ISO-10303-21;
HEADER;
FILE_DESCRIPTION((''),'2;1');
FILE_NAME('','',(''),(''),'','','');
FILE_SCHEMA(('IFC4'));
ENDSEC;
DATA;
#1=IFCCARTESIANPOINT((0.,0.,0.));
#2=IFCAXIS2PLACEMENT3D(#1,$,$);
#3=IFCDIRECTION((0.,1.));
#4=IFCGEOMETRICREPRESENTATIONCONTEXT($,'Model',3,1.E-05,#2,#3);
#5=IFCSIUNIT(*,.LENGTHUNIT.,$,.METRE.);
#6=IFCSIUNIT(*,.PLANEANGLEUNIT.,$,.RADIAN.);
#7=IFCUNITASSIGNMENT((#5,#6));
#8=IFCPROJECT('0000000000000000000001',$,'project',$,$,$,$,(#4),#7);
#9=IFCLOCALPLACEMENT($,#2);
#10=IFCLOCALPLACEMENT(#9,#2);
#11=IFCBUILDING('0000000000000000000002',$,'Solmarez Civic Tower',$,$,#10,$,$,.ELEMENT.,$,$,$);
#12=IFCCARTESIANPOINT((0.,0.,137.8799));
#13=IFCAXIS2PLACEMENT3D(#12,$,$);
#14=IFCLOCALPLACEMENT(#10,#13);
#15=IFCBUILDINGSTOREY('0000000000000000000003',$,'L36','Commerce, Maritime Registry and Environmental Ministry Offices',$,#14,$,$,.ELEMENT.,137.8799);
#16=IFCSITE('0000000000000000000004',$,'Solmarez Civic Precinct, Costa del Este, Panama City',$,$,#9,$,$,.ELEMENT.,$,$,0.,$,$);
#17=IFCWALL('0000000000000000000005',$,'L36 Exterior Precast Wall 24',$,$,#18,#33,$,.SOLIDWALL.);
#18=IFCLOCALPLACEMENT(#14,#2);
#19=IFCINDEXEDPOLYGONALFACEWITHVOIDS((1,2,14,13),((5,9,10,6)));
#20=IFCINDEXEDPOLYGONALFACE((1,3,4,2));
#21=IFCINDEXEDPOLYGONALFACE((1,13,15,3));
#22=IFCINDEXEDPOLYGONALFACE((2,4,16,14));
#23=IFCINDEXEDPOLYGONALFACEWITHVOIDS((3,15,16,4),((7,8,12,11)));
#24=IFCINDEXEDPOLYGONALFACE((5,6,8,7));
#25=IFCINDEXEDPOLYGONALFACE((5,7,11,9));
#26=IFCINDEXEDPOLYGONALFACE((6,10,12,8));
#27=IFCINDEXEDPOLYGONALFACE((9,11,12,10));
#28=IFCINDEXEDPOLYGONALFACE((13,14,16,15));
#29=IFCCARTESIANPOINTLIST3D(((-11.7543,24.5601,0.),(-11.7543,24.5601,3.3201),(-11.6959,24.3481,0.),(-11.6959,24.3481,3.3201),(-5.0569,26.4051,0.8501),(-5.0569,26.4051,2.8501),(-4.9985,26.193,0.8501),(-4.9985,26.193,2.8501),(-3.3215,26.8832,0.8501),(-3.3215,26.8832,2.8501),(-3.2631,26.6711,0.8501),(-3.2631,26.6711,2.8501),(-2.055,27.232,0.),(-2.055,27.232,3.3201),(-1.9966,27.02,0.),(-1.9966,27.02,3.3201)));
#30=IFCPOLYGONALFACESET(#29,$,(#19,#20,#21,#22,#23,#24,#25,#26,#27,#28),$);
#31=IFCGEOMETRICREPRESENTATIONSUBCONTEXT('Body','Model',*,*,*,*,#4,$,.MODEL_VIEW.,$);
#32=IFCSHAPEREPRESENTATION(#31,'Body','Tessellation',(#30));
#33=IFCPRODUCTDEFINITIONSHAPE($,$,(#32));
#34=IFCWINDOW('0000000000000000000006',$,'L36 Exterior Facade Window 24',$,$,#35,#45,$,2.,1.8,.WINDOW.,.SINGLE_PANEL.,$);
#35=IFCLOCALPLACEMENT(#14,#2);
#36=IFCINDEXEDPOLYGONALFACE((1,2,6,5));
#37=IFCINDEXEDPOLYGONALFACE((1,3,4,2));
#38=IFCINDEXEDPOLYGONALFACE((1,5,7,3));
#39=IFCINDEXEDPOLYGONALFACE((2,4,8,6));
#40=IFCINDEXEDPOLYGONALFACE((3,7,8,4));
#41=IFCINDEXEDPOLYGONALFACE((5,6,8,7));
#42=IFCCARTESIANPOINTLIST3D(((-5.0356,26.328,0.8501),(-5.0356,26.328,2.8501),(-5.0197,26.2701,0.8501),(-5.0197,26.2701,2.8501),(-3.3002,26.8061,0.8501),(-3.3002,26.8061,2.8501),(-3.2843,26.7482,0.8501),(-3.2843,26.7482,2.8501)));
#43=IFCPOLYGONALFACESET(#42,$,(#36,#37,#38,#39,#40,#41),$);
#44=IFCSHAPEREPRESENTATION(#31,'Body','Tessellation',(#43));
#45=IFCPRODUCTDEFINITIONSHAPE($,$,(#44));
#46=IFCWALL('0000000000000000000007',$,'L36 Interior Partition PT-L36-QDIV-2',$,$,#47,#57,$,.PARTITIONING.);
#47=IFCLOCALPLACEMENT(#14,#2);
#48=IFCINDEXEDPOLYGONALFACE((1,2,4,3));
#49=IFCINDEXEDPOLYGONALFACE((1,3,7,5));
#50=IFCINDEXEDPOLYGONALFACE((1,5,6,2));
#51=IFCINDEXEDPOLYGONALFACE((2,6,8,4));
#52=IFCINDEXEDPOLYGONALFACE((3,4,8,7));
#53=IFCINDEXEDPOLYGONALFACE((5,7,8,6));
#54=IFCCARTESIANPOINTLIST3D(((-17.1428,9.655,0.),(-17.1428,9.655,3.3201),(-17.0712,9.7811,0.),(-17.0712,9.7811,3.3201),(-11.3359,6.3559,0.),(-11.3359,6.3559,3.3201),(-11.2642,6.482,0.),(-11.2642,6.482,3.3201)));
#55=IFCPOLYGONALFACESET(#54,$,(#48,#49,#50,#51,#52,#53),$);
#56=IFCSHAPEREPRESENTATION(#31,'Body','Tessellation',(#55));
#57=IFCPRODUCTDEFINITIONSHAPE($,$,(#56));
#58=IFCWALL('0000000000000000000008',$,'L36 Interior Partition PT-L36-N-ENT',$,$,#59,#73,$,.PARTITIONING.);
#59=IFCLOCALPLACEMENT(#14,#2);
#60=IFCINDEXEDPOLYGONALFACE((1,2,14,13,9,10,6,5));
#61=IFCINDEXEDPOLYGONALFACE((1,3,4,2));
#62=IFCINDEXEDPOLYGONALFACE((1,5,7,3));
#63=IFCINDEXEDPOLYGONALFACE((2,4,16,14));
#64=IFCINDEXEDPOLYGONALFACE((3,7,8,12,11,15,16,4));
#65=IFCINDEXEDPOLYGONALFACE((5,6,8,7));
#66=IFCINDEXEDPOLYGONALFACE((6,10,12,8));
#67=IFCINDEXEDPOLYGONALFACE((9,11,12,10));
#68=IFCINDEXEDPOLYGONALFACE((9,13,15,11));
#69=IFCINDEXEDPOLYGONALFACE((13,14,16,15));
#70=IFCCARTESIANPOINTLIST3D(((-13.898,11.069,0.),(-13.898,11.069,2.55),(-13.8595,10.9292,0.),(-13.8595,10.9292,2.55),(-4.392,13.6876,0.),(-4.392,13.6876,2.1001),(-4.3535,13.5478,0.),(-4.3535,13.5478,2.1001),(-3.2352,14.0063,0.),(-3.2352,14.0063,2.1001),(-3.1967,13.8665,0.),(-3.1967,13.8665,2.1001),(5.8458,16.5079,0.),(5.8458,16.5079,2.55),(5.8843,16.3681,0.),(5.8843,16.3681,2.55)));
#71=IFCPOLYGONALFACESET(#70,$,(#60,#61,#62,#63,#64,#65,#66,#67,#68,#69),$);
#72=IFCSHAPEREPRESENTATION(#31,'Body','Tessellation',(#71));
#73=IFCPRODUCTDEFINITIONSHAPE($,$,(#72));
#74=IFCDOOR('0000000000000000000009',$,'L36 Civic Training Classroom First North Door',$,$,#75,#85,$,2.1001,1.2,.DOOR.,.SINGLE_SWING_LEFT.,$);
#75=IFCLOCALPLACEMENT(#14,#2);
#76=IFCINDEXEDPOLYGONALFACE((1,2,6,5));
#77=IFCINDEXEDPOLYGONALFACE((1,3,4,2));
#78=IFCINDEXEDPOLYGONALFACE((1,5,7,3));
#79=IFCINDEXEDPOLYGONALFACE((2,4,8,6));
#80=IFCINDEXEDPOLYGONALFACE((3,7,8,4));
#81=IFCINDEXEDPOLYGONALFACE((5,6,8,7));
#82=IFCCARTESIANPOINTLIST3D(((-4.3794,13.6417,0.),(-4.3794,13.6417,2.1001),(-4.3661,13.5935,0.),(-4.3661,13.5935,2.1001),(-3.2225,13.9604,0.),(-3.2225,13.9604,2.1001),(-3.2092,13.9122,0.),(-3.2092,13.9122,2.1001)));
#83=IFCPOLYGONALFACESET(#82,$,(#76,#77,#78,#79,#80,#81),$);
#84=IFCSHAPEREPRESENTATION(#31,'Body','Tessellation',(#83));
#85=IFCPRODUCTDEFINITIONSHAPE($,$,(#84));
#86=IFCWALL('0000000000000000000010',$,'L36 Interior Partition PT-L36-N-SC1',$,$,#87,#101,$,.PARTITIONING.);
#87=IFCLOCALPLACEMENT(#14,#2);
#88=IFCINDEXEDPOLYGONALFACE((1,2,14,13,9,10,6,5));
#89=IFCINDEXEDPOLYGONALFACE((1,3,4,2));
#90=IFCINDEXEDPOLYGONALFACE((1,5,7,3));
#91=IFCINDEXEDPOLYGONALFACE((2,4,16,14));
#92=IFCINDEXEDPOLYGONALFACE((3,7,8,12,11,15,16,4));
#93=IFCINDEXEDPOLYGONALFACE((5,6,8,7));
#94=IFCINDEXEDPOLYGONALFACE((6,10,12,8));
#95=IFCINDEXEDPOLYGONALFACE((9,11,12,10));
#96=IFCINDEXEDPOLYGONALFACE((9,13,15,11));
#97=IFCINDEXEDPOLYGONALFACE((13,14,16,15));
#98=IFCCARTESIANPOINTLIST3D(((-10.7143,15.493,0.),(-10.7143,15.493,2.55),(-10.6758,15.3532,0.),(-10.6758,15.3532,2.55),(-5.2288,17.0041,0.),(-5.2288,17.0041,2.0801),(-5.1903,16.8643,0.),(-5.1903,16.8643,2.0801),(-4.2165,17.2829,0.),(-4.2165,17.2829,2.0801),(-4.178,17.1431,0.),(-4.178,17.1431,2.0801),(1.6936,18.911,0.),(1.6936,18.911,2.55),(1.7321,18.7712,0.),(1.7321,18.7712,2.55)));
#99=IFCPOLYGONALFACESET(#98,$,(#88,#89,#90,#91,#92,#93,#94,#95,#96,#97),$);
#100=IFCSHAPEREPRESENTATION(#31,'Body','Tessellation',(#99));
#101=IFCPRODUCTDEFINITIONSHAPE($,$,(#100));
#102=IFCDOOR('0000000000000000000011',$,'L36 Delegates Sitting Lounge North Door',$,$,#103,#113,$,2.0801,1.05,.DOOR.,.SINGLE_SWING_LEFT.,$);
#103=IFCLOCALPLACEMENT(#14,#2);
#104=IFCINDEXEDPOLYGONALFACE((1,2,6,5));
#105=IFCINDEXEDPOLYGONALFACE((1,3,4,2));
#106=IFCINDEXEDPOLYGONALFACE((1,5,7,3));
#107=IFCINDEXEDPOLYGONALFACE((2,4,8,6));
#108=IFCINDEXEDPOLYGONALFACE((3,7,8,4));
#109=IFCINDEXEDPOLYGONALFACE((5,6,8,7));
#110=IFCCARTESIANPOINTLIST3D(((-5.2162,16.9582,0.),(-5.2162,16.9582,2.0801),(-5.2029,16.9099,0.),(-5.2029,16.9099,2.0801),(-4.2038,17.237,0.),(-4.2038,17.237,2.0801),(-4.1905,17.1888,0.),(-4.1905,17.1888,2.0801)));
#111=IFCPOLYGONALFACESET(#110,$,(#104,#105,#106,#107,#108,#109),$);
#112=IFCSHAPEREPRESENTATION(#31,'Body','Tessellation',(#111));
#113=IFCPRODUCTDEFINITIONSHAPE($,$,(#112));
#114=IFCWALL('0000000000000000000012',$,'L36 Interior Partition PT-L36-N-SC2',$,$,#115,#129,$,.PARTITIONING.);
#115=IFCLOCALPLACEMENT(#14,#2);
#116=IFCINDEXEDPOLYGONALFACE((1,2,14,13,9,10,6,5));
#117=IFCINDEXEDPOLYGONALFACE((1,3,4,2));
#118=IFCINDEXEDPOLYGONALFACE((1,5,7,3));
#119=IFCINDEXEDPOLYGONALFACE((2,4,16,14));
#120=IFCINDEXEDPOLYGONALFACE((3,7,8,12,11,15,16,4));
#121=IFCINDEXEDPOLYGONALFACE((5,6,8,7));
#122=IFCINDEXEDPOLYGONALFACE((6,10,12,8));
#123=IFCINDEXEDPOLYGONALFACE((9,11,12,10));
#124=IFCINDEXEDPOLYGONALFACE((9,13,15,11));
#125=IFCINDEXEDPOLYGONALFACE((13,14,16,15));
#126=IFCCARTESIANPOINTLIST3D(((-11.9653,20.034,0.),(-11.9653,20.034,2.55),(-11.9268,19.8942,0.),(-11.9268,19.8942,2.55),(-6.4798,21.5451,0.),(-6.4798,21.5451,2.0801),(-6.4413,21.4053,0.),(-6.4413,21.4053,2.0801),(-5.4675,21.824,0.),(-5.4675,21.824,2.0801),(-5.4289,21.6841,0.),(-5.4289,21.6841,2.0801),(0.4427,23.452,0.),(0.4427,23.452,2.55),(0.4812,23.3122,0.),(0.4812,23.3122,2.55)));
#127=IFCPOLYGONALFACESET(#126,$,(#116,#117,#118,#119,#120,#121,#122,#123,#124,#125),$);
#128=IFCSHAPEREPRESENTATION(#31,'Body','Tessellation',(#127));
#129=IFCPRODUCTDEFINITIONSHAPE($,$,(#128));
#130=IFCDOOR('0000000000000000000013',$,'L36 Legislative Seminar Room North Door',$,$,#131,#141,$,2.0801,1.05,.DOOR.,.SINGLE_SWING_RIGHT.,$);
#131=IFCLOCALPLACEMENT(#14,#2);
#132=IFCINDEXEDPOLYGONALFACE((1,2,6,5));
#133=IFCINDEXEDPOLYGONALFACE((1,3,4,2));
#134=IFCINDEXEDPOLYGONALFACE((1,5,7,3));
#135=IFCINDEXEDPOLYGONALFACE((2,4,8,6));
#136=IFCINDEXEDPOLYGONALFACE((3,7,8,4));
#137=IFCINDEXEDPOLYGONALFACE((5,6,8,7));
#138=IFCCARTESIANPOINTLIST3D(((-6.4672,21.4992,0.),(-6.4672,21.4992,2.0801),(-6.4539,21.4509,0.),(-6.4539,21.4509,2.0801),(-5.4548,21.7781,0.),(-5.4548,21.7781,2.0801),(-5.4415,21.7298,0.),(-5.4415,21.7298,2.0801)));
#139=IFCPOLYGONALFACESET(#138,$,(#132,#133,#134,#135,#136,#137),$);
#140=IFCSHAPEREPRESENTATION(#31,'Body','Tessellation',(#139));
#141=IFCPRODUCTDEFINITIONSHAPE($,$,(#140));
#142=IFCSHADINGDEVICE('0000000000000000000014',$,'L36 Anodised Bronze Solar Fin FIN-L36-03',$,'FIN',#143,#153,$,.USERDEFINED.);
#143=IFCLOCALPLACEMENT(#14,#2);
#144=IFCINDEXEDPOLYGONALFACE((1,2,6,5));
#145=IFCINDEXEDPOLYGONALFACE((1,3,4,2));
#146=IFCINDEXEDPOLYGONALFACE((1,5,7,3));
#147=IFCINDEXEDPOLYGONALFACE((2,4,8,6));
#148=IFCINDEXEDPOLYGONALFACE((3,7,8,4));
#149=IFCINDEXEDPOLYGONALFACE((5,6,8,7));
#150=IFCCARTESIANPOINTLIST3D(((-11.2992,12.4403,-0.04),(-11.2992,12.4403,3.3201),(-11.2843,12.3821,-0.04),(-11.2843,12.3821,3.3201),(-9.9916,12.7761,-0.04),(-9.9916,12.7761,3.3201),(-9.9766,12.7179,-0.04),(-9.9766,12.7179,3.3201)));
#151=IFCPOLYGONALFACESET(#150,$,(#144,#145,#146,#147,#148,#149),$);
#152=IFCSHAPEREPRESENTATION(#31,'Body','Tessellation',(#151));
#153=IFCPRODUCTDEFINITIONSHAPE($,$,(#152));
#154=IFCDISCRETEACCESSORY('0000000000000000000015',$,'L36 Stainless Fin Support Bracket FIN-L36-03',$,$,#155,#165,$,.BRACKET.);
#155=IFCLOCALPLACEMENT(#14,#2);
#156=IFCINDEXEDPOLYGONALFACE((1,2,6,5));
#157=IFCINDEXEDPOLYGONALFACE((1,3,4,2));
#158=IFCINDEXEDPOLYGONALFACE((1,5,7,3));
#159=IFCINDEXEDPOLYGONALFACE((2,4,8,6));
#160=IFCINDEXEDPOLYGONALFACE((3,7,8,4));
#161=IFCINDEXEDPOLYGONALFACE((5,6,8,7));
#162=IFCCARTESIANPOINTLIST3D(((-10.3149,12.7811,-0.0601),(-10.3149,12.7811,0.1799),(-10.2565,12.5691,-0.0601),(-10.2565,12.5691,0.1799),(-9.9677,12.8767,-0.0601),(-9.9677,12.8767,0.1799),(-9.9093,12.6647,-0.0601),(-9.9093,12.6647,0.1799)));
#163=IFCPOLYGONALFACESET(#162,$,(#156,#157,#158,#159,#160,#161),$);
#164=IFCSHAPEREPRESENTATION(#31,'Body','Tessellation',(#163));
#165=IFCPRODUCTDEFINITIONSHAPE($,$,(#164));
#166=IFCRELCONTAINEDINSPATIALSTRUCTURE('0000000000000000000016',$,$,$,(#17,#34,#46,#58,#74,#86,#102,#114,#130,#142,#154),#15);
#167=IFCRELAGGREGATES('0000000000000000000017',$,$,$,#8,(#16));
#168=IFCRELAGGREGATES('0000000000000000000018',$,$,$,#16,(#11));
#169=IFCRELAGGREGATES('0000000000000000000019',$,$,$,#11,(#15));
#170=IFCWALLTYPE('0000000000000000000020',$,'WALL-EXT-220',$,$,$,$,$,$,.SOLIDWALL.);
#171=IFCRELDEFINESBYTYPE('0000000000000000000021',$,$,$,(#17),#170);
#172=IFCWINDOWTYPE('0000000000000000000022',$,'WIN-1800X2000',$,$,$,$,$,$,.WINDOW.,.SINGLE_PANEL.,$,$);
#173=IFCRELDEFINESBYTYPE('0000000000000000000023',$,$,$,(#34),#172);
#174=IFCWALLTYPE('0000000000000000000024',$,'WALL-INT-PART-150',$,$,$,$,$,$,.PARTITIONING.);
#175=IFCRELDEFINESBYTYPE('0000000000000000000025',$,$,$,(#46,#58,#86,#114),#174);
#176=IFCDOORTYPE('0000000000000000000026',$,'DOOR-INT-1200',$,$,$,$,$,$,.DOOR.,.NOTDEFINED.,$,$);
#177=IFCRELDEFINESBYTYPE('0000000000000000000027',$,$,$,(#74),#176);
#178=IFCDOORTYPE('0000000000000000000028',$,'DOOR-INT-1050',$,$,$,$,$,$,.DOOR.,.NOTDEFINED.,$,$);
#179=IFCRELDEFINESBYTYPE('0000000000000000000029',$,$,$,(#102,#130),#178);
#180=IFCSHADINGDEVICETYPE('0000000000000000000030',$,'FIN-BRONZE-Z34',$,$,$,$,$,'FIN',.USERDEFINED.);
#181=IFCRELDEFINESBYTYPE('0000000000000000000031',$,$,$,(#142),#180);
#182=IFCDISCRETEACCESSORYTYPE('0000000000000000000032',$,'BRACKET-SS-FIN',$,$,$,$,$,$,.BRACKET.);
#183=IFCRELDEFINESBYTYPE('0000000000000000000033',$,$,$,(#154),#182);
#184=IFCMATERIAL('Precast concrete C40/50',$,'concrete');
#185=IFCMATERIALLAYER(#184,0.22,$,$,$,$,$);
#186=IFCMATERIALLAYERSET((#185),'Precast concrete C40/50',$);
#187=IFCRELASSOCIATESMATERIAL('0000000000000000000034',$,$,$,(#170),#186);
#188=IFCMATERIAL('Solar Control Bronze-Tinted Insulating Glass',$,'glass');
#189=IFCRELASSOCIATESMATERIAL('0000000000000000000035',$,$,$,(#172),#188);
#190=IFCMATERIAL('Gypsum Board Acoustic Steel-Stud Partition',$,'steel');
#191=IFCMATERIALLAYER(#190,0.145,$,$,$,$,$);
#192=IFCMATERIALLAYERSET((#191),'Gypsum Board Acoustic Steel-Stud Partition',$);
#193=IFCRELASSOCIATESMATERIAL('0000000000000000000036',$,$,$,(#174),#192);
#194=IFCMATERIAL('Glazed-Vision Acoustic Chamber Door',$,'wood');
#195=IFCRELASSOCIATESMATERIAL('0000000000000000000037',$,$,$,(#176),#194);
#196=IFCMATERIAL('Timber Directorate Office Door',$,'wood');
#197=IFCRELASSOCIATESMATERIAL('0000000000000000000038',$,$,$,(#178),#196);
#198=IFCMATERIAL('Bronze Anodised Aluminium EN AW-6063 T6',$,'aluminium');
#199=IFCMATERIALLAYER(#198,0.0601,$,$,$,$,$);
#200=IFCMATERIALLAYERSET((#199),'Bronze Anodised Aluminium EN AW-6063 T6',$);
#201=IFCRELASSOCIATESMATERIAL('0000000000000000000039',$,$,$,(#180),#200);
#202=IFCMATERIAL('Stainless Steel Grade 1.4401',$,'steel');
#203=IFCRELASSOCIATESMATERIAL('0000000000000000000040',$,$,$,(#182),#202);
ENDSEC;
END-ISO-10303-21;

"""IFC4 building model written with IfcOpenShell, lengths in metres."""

from ifc_helpers import new_model, si_unit, direction, frame, frame_2d, origin, origin_2d, place, context, subcontext, project, spatial, rectangle, extrude, material, layer, layer_set, type_object, element, fill, save


model = new_model("IFC4")

# Units and contexts
model_context = context("Model", 3, precision=1e-05, world=origin(), true_north=direction((0.0, 1.0)))
body_context = subcontext(model_context, "Body", "Model", "MODEL_VIEW")
ifc_project = project(units=[si_unit("LENGTHUNIT", "METRE"), si_unit("PLANEANGLEUNIT", "RADIAN")], contexts=[model_context])

# Site, building, storey
site_placement = place(None, origin())
site = spatial("IfcSite", under=ifc_project, at=site_placement, Name="Solmarez Civic Precinct, Costa del Este, Panama City", CompositionType="ELEMENT", RefElevation=0.0)
building_placement = place(site_placement, origin())
building = spatial("IfcBuilding", under=site, at=building_placement, Name="Solmarez Civic Tower", CompositionType="ELEMENT")
storey_placement = place(building_placement, frame((0.0, 0.0, 137.8799)))
storey = spatial("IfcBuildingStorey", under=building, at=storey_placement, Name="L36", Description="Commerce, Maritime Registry and Environmental Ministry Offices", CompositionType="ELEMENT", Elevation=137.8799)

# Shared definitions
ifc_material_1 = material(Name="Precast concrete C40/50", Category="concrete")
ifc_layer_1 = layer(ifc_material_1, 0.22)
ifc_layer_set_1 = layer_set([ifc_layer_1], Name="Precast concrete C40/50")
wall_type_1 = type_object("IfcWallType", Name="WALL-EXT-220", PredefinedType="SOLIDWALL", material=ifc_layer_set_1)

# Shared definitions
ifc_material_2 = material(Name="Solar Control Bronze-Tinted Insulating Glass", Category="glass")

# Wall, opening, window
wall_1_placement = place(storey_placement, frame((-11.7251, 24.4541, 0.0), z_axis=(0.0, 0.0, 1.0), x_axis=(0.964089, 0.265581, 0.0)))
wall_1 = element("IfcWall", 1, at=wall_1_placement, inside=storey, type_object=wall_type_1, Name="L36 Exterior Precast Wall 24", PredefinedType="SOLIDWALL", context=body_context, shape_type="SweptSolid", body=[
    extrude(rectangle(XDim=10.0605, YDim=0.22, at=frame_2d((5.0303, 0.0))), origin(), (0.0, 0.0, 1.0), 3.3201),
])
opening_1_placement = place(wall_1_placement, frame((6.947, 0.0, 0.8501)))
opening_1 = element("IfcOpeningElement", 2, at=opening_1_placement, cuts=wall_1, PredefinedType="OPENING", context=body_context, shape_type="SweptSolid", body=[
    extrude(rectangle(XDim=1.8, YDim=2.0, at=frame_2d((0.8999, 1.0))), frame((0.0, 0.1199, 0.0), z_axis=(0.0, -1.0, 0.0), x_axis=(1.0, 0.0, 0.0)), (0.0, 0.0, 1.0), 0.24),
])
window_type_1 = type_object("IfcWindowType", Name="WIN-1800X2000", PartitioningType="SINGLE_PANEL", PredefinedType="WINDOW", material=ifc_material_2)
window_1_placement = place(opening_1_placement, origin())
window_1 = element("IfcWindow", 3, at=window_1_placement, inside=storey, type_object=window_type_1, Name="L36 Exterior Facade Window 24", OverallHeight=2.0, OverallWidth=1.8, PartitioningType="SINGLE_PANEL", PredefinedType="WINDOW", context=body_context, shape_type="SweptSolid", body=[
    extrude(rectangle(XDim=1.8, YDim=2.0, at=frame_2d((0.8999, 1.0))), frame((0.0, 0.03, 0.0), z_axis=(0.0, -1.0, 0.0), x_axis=(1.0, 0.0, 0.0)), (0.0, 0.0, 1.0), 0.0601),
])
fill(opening_1, window_1)

# Wall
ifc_material_3 = material(Name="Gypsum Board Acoustic Steel-Stud Partition", Category="steel")
ifc_layer_2 = layer(ifc_material_3, 0.145)
ifc_layer_set_2 = layer_set([ifc_layer_2], Name="Gypsum Board Acoustic Steel-Stud Partition")
wall_type_2 = type_object("IfcWallType", Name="WALL-INT-PART-150", PredefinedType="PARTITIONING", material=ifc_layer_set_2)
wall_2_placement = place(storey_placement, frame((-11.3, 6.4189, 0.0), z_axis=(0.0, 0.0, 1.0), x_axis=(-0.869475, 0.493976, 0.0)))
element("IfcWall", 4, at=wall_2_placement, inside=storey, type_object=wall_type_2, Name="L36 Interior Partition PT-L36-QDIV-2", PredefinedType="PARTITIONING", context=body_context, shape_type="SweptSolid", body=[
    extrude(rectangle(XDim=6.6787, YDim=0.145, at=frame_2d((3.3394, 0.0))), origin(), (0.0, 0.0, 1.0), 3.3201),
])

# Walls, openings, doors
wall_3_placement = place(storey_placement, frame((-13.8789, 10.999, 0.0), z_axis=(0.0, 0.0, 1.0), x_axis=(0.964088, 0.265583, 0.0)))
wall_3 = element("IfcWall", 5, at=wall_3_placement, inside=storey, type_object=wall_type_2, Name="L36 Interior Partition PT-L36-N-ENT", PredefinedType="PARTITIONING", context=body_context, shape_type="SweptSolid", body=[
    extrude(rectangle(XDim=20.4792, YDim=0.145, at=frame_2d((10.2397, 0.0))), origin(), (0.0, 0.0, 1.0), 2.55),
])
opening_2_placement = place(wall_3_placement, frame((9.8601, 0.0, 0.0)))
opening_2 = element("IfcOpeningElement", 6, at=opening_2_placement, cuts=wall_3, PredefinedType="OPENING", context=body_context, shape_type="SweptSolid", body=[
    extrude(rectangle(XDim=1.2, YDim=2.1001, at=frame_2d((0.6001, 1.05))), frame((0.0, 0.0825, 0.0), z_axis=(0.0, -1.0, 0.0), x_axis=(1.0, 0.0, 0.0)), (0.0, 0.0, 1.0), 0.165),
])
ifc_material_4 = material(Name="Glazed-Vision Acoustic Chamber Door", Category="wood")
door_type_1 = type_object("IfcDoorType", Name="DOOR-INT-1200", OperationType="NOTDEFINED", PredefinedType="DOOR", material=ifc_material_4)
door_1_placement = place(opening_2_placement, origin())
door_1 = element("IfcDoor", 7, at=door_1_placement, inside=storey, type_object=door_type_1, Name="L36 Civic Training Classroom First North Door", OperationType="SINGLE_SWING_LEFT", OverallHeight=2.1001, OverallWidth=1.2, PredefinedType="DOOR", context=body_context, shape_type="SweptSolid", body=[
    extrude(rectangle(XDim=1.2, YDim=2.1001, at=frame_2d((0.6001, 1.05))), frame((0.0, 0.0249, 0.0), z_axis=(0.0, -1.0, 0.0), x_axis=(1.0, 0.0, 0.0)), (0.0, 0.0, 1.0), 0.05),
])
fill(opening_2, door_1)
wall_4_placement = place(storey_placement, frame((-10.6951, 15.4231, 0.0), z_axis=(0.0, 0.0, 1.0), x_axis=(0.96409, 0.265574, 0.0)))
wall_4 = element("IfcWall", 8, at=wall_4_placement, inside=storey, type_object=wall_type_2, Name="L36 Interior Partition PT-L36-N-SC1", PredefinedType="PARTITIONING", context=body_context, shape_type="SweptSolid", body=[
    extrude(rectangle(XDim=12.8701, YDim=0.145, at=frame_2d((6.4351, 0.0))), origin(), (0.0, 0.0, 1.0), 2.55),
])
opening_3_placement = place(wall_4_placement, frame((5.6899, 0.0, 0.0)))
opening_3 = element("IfcOpeningElement", 9, at=opening_3_placement, cuts=wall_4, PredefinedType="OPENING", context=body_context, shape_type="SweptSolid", body=[
    extrude(rectangle(XDim=1.05, YDim=2.0801, at=frame_2d((0.5249, 1.04))), frame((0.0, 0.0825, 0.0), z_axis=(0.0, -1.0, 0.0), x_axis=(1.0, 0.0, 0.0)), (0.0, 0.0, 1.0), 0.165),
])
ifc_material_5 = material(Name="Timber Directorate Office Door", Category="wood")
door_type_2 = type_object("IfcDoorType", Name="DOOR-INT-1050", OperationType="NOTDEFINED", PredefinedType="DOOR", material=ifc_material_5)
door_2_placement = place(opening_3_placement, origin())
door_2 = element("IfcDoor", 10, at=door_2_placement, inside=storey, type_object=door_type_2, Name="L36 Delegates Sitting Lounge North Door", OperationType="SINGLE_SWING_LEFT", OverallHeight=2.0801, OverallWidth=1.05, PredefinedType="DOOR", context=body_context, shape_type="SweptSolid", body=[
    extrude(rectangle(XDim=1.05, YDim=2.0801, at=frame_2d((0.5249, 1.04))), frame((0.0, 0.0249, 0.0), z_axis=(0.0, -1.0, 0.0), x_axis=(1.0, 0.0, 0.0)), (0.0, 0.0, 1.0), 0.05),
])
fill(opening_3, door_2)
wall_5_placement = place(storey_placement, frame((-11.946, 19.9641, 0.0), z_axis=(0.0, 0.0, 1.0), x_axis=(0.96409, 0.265574, 0.0)))
wall_5 = element("IfcWall", 11, at=wall_5_placement, inside=storey, type_object=wall_type_2, Name="L36 Interior Partition PT-L36-N-SC2", PredefinedType="PARTITIONING", context=body_context, shape_type="SweptSolid", body=[
    extrude(rectangle(XDim=12.8701, YDim=0.145, at=frame_2d((6.4351, 0.0))), origin(), (0.0, 0.0, 1.0), 2.55),
])
opening_4_placement = place(wall_5_placement, frame((5.6899, 0.0, 0.0)))
opening_4 = element("IfcOpeningElement", 12, at=opening_4_placement, cuts=wall_5, PredefinedType="OPENING", context=body_context, shape_type="SweptSolid", body=[
    extrude(rectangle(XDim=1.05, YDim=2.0801, at=frame_2d((0.5249, 1.04))), frame((0.0, 0.0825, 0.0), z_axis=(0.0, -1.0, 0.0), x_axis=(1.0, 0.0, 0.0)), (0.0, 0.0, 1.0), 0.165),
])
door_3_placement = place(opening_4_placement, origin())
door_3 = element("IfcDoor", 13, at=door_3_placement, inside=storey, type_object=door_type_2, Name="L36 Legislative Seminar Room North Door", OperationType="SINGLE_SWING_RIGHT", OverallHeight=2.0801, OverallWidth=1.05, PredefinedType="DOOR", context=body_context, shape_type="SweptSolid", body=[
    extrude(rectangle(XDim=1.05, YDim=2.0801, at=frame_2d((0.5249, 1.04))), frame((0.0, 0.0249, 0.0), z_axis=(0.0, -1.0, 0.0), x_axis=(1.0, 0.0, 0.0)), (0.0, 0.0, 1.0), 0.05),
])
fill(opening_4, door_3)

# Shading device
ifc_material_6 = material(Name="Bronze Anodised Aluminium EN AW-6063 T6", Category="aluminium")
ifc_layer_3 = layer(ifc_material_6, 0.0601)
ifc_layer_set_3 = layer_set([ifc_layer_3], Name="Bronze Anodised Aluminium EN AW-6063 T6")
shading_device_type = type_object("IfcShadingDeviceType", Name="FIN-BRONZE-Z34", ElementType="FIN", PredefinedType="USERDEFINED", material=ifc_layer_set_3)
shading_device_placement = place(storey_placement, frame((-10.6379, 12.5791, -0.04), z_axis=(0.0, 0.0, 1.0), x_axis=(-0.96857, -0.248741, 0.0)))
element("IfcShadingDevice", 14, at=shading_device_placement, inside=storey, type_object=shading_device_type, Name="L36 Anodised Bronze Solar Fin FIN-L36-03", ObjectType="FIN", PredefinedType="USERDEFINED", context=body_context, shape_type="SweptSolid", body=[
    extrude(rectangle(XDim=1.3501, YDim=0.0601, at=origin_2d()), origin(), (0.0, 0.0, 1.0), 3.3601),
])

# Discrete accessory
ifc_material_7 = material(Name="Stainless Steel Grade 1.4401", Category="steel")
discrete_accessory_type = type_object("IfcDiscreteAccessoryType", Name="BRACKET-SS-FIN", PredefinedType="BRACKET", material=ifc_material_7)
discrete_accessory_placement = place(storey_placement, frame((-10.1121, 12.7229, -0.0601), z_axis=(0.0, 0.0, 1.0), x_axis=(-0.96411, -0.265503, 0.0)))
element("IfcDiscreteAccessory", 15, at=discrete_accessory_placement, inside=storey, type_object=discrete_accessory_type, Name="L36 Stainless Fin Support Bracket FIN-L36-03", PredefinedType="BRACKET", context=body_context, shape_type="SweptSolid", body=[
    extrude(rectangle(XDim=0.3601, YDim=0.22, at=origin_2d()), origin(), (0.0, 0.0, 1.0), 0.24),
])

save(model, "model.ifc")
